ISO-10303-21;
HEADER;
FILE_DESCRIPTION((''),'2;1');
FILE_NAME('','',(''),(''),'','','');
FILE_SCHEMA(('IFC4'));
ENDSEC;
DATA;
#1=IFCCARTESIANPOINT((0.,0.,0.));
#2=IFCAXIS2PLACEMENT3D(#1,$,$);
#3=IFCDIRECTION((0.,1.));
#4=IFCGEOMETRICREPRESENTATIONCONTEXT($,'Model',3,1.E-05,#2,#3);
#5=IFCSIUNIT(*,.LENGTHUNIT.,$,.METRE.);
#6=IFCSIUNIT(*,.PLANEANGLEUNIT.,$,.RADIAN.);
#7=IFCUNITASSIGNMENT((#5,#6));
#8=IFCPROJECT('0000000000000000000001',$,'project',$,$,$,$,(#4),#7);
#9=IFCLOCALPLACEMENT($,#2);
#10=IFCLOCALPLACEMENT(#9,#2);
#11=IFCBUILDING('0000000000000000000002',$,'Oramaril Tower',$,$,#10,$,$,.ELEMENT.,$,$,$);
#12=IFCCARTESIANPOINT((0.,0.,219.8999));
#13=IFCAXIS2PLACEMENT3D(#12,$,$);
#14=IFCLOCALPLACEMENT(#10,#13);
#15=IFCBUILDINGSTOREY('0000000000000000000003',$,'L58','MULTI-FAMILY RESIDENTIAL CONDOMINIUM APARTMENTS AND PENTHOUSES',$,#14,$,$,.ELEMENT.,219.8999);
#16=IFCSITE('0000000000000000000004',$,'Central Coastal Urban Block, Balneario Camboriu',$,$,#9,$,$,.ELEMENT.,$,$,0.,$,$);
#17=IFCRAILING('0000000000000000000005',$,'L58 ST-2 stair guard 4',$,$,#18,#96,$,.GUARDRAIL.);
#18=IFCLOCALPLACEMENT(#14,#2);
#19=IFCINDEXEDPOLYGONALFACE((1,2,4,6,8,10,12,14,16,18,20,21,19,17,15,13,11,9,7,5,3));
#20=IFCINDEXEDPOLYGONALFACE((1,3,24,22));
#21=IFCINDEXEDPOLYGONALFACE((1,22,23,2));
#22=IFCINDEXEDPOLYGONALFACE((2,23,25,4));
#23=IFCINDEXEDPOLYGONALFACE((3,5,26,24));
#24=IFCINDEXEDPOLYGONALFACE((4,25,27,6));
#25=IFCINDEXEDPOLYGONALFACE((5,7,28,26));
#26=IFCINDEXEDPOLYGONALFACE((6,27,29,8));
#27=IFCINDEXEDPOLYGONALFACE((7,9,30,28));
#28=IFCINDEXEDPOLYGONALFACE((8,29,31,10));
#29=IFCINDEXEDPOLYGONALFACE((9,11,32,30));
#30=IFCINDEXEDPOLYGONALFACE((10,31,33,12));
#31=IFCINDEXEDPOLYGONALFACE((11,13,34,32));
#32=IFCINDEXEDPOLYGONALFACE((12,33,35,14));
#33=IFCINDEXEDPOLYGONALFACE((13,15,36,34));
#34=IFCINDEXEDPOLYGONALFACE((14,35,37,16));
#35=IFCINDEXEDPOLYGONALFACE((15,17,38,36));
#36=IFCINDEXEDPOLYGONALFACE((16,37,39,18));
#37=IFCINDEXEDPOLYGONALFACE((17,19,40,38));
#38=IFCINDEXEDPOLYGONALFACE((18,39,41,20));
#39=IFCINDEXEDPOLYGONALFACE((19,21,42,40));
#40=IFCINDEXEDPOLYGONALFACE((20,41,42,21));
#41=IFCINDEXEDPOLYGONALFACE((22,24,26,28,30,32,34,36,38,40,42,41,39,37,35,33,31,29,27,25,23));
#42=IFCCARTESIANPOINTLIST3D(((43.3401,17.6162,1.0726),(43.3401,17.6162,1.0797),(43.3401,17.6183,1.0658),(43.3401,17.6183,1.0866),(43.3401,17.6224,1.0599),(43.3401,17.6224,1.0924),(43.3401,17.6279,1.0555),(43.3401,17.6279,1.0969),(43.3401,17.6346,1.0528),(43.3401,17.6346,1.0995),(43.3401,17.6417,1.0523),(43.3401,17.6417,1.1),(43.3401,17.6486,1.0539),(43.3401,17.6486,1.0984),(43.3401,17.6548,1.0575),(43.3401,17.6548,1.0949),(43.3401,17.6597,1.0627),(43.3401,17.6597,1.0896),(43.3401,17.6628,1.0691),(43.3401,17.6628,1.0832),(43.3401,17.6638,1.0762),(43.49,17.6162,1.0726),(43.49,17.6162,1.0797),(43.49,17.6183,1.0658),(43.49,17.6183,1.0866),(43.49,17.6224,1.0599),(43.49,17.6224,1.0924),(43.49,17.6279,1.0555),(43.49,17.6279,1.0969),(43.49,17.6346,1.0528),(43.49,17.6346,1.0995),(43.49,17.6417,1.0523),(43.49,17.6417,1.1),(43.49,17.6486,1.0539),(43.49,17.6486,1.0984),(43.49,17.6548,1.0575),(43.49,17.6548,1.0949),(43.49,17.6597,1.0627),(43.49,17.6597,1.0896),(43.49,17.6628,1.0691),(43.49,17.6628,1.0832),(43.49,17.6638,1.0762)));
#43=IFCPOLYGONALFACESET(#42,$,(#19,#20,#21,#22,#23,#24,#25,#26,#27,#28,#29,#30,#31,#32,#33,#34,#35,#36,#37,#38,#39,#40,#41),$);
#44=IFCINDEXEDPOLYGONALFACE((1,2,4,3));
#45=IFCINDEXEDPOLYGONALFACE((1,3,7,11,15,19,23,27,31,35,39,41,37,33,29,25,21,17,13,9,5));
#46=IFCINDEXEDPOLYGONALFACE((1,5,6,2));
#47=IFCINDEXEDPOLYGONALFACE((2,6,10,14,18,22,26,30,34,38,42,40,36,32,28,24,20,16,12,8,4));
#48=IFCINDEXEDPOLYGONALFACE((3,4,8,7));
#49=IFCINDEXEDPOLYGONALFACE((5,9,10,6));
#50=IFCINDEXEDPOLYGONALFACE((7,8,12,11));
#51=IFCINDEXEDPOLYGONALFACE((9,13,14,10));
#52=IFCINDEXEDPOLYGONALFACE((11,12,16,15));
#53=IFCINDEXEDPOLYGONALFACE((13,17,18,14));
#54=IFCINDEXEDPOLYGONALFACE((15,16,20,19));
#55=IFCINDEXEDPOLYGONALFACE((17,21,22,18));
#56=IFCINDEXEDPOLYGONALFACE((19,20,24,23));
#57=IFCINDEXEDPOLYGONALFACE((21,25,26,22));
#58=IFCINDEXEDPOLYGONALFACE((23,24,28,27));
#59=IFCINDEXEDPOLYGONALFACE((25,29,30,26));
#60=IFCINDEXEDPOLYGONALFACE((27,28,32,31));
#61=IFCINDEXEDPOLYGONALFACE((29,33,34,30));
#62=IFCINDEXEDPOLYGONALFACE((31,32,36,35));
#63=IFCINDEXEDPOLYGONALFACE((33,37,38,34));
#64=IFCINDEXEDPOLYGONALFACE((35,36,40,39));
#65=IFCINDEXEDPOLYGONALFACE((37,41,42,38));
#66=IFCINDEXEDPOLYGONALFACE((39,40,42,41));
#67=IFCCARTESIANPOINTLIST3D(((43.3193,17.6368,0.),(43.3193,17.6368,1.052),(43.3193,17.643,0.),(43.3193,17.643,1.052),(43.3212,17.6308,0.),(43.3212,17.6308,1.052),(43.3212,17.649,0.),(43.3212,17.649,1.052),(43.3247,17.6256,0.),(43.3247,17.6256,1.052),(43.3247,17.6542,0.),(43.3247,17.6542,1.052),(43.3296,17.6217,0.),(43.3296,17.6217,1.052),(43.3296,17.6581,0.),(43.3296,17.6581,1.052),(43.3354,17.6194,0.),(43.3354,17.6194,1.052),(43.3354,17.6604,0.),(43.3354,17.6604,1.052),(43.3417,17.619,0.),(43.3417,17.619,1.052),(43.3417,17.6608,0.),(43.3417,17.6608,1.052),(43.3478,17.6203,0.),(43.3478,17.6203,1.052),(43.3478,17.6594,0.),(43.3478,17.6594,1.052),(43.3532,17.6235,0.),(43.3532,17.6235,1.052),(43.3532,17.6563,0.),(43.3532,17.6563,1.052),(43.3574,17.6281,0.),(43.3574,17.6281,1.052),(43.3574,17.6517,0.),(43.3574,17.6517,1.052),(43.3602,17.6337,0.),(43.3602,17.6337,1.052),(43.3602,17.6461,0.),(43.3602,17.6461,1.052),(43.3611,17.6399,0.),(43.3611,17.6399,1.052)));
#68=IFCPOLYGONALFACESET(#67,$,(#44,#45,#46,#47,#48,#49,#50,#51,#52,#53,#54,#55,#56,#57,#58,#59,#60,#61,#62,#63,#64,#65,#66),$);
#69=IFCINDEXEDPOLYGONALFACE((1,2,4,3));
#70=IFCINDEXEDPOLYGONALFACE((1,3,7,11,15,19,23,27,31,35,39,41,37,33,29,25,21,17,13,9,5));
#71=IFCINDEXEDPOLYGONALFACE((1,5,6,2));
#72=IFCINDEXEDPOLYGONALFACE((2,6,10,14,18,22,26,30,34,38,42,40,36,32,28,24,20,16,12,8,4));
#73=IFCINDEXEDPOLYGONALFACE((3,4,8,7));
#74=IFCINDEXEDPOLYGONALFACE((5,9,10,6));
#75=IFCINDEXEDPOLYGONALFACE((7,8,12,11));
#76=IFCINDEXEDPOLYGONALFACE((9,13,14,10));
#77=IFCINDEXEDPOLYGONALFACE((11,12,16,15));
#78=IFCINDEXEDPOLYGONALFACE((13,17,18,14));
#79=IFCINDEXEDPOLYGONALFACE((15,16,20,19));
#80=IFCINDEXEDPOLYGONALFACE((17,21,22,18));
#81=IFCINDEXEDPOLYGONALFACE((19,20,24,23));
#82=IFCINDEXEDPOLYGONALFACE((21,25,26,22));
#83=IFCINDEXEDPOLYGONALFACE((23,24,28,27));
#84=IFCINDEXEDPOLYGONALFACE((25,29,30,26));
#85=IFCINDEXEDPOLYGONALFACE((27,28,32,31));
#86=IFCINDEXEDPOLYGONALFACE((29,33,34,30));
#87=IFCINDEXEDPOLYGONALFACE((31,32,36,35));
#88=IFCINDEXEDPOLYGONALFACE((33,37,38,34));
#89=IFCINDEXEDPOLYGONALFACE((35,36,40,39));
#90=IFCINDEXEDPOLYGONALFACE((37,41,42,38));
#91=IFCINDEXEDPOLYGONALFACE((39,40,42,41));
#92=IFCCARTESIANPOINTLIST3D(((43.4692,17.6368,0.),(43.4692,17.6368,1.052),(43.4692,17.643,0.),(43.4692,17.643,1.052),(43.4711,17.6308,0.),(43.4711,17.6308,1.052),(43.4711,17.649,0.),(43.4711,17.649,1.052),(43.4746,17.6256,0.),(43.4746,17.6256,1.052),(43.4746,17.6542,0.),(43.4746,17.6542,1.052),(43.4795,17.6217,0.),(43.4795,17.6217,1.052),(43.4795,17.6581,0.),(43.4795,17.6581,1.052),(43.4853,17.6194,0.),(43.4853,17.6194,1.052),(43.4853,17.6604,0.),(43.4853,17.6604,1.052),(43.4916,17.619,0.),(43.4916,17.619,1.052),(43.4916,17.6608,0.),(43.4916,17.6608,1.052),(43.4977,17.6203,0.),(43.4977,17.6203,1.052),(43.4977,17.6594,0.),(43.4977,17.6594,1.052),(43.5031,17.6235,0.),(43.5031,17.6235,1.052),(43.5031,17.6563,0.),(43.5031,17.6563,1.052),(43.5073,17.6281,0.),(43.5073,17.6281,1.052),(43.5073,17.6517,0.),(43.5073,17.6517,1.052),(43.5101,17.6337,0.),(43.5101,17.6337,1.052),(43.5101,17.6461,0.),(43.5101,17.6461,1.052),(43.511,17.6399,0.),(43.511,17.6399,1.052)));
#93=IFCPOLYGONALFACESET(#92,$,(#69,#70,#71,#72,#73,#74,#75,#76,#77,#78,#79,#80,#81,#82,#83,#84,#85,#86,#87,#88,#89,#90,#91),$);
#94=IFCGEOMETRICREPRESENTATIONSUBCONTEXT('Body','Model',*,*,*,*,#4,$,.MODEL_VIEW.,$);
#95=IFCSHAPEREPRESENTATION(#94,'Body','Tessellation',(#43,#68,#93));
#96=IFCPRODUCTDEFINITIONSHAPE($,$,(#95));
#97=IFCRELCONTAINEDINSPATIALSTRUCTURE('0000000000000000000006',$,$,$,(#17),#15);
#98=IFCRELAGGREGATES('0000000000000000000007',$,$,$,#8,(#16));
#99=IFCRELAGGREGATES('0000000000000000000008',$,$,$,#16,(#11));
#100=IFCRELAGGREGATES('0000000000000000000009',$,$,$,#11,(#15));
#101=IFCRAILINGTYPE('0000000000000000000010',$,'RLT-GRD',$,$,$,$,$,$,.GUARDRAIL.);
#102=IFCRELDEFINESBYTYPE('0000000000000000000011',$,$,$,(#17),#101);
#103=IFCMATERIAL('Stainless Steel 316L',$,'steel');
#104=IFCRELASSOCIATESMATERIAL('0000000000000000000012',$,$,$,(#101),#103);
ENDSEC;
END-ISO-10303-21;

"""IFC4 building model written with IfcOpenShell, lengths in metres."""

from ifc_helpers import new_model, si_unit, direction, frame, origin, origin_2d, place, context, subcontext, project, spatial, circle, extrude, material, type_object, element, save


model = new_model("IFC4")

# Units and contexts
model_context = context("Model", 3, precision=1e-05, world=origin(), true_north=direction((0.0, 1.0)))
body_context = subcontext(model_context, "Body", "Model", "MODEL_VIEW")
ifc_project = project(units=[si_unit("LENGTHUNIT", "METRE"), si_unit("PLANEANGLEUNIT", "RADIAN")], contexts=[model_context])

# Site, building, storey
site_placement = place(None, origin())
site = spatial("IfcSite", under=ifc_project, at=site_placement, Name="Central Coastal Urban Block, Balneario Camboriu", CompositionType="ELEMENT", RefElevation=0.0)
building_placement = place(site_placement, origin())
building = spatial("IfcBuilding", under=site, at=building_placement, Name="Oramaril Tower", CompositionType="ELEMENT")
storey_placement = place(building_placement, frame((0.0, 0.0, 219.8999)))
storey = spatial("IfcBuildingStorey", under=building, at=storey_placement, Name="L58", Description="MULTI-FAMILY RESIDENTIAL CONDOMINIUM APARTMENTS AND PENTHOUSES", CompositionType="ELEMENT", Elevation=219.8999)

# Railing
ifc_material_1 = material(Name="Stainless Steel 316L", Category="steel")
railing_type_1 = type_object("IfcRailingType", Name="RLT-GRD", PredefinedType="GUARDRAIL", material=ifc_material_1)
railing_1_placement = place(storey_placement, frame((43.3401, 17.6399, 0.0)))
element("IfcRailing", 1, at=railing_1_placement, inside=storey, type_object=railing_type_1, Name="L58 ST-2 stair guard 4", PredefinedType="GUARDRAIL", context=body_context, shape_type="SweptSolid", body=[
    extrude(circle(Radius=0.0239, at=origin_2d()), frame((0.0, 0.0, 1.0762), z_axis=(1.0, 0.0, 0.0), x_axis=(0.0, 1.0, 0.0)), (0.0, 0.0, 1.0), 0.1499),
    extrude(circle(Radius=0.021, at=origin_2d()), origin(), (0.0, 0.0, 1.0), 1.052),
    extrude(circle(Radius=0.021, at=origin_2d()), frame((0.1499, 0.0, 0.0)), (0.0, 0.0, 1.0), 1.052),
])

save(model, "model.ifc")
